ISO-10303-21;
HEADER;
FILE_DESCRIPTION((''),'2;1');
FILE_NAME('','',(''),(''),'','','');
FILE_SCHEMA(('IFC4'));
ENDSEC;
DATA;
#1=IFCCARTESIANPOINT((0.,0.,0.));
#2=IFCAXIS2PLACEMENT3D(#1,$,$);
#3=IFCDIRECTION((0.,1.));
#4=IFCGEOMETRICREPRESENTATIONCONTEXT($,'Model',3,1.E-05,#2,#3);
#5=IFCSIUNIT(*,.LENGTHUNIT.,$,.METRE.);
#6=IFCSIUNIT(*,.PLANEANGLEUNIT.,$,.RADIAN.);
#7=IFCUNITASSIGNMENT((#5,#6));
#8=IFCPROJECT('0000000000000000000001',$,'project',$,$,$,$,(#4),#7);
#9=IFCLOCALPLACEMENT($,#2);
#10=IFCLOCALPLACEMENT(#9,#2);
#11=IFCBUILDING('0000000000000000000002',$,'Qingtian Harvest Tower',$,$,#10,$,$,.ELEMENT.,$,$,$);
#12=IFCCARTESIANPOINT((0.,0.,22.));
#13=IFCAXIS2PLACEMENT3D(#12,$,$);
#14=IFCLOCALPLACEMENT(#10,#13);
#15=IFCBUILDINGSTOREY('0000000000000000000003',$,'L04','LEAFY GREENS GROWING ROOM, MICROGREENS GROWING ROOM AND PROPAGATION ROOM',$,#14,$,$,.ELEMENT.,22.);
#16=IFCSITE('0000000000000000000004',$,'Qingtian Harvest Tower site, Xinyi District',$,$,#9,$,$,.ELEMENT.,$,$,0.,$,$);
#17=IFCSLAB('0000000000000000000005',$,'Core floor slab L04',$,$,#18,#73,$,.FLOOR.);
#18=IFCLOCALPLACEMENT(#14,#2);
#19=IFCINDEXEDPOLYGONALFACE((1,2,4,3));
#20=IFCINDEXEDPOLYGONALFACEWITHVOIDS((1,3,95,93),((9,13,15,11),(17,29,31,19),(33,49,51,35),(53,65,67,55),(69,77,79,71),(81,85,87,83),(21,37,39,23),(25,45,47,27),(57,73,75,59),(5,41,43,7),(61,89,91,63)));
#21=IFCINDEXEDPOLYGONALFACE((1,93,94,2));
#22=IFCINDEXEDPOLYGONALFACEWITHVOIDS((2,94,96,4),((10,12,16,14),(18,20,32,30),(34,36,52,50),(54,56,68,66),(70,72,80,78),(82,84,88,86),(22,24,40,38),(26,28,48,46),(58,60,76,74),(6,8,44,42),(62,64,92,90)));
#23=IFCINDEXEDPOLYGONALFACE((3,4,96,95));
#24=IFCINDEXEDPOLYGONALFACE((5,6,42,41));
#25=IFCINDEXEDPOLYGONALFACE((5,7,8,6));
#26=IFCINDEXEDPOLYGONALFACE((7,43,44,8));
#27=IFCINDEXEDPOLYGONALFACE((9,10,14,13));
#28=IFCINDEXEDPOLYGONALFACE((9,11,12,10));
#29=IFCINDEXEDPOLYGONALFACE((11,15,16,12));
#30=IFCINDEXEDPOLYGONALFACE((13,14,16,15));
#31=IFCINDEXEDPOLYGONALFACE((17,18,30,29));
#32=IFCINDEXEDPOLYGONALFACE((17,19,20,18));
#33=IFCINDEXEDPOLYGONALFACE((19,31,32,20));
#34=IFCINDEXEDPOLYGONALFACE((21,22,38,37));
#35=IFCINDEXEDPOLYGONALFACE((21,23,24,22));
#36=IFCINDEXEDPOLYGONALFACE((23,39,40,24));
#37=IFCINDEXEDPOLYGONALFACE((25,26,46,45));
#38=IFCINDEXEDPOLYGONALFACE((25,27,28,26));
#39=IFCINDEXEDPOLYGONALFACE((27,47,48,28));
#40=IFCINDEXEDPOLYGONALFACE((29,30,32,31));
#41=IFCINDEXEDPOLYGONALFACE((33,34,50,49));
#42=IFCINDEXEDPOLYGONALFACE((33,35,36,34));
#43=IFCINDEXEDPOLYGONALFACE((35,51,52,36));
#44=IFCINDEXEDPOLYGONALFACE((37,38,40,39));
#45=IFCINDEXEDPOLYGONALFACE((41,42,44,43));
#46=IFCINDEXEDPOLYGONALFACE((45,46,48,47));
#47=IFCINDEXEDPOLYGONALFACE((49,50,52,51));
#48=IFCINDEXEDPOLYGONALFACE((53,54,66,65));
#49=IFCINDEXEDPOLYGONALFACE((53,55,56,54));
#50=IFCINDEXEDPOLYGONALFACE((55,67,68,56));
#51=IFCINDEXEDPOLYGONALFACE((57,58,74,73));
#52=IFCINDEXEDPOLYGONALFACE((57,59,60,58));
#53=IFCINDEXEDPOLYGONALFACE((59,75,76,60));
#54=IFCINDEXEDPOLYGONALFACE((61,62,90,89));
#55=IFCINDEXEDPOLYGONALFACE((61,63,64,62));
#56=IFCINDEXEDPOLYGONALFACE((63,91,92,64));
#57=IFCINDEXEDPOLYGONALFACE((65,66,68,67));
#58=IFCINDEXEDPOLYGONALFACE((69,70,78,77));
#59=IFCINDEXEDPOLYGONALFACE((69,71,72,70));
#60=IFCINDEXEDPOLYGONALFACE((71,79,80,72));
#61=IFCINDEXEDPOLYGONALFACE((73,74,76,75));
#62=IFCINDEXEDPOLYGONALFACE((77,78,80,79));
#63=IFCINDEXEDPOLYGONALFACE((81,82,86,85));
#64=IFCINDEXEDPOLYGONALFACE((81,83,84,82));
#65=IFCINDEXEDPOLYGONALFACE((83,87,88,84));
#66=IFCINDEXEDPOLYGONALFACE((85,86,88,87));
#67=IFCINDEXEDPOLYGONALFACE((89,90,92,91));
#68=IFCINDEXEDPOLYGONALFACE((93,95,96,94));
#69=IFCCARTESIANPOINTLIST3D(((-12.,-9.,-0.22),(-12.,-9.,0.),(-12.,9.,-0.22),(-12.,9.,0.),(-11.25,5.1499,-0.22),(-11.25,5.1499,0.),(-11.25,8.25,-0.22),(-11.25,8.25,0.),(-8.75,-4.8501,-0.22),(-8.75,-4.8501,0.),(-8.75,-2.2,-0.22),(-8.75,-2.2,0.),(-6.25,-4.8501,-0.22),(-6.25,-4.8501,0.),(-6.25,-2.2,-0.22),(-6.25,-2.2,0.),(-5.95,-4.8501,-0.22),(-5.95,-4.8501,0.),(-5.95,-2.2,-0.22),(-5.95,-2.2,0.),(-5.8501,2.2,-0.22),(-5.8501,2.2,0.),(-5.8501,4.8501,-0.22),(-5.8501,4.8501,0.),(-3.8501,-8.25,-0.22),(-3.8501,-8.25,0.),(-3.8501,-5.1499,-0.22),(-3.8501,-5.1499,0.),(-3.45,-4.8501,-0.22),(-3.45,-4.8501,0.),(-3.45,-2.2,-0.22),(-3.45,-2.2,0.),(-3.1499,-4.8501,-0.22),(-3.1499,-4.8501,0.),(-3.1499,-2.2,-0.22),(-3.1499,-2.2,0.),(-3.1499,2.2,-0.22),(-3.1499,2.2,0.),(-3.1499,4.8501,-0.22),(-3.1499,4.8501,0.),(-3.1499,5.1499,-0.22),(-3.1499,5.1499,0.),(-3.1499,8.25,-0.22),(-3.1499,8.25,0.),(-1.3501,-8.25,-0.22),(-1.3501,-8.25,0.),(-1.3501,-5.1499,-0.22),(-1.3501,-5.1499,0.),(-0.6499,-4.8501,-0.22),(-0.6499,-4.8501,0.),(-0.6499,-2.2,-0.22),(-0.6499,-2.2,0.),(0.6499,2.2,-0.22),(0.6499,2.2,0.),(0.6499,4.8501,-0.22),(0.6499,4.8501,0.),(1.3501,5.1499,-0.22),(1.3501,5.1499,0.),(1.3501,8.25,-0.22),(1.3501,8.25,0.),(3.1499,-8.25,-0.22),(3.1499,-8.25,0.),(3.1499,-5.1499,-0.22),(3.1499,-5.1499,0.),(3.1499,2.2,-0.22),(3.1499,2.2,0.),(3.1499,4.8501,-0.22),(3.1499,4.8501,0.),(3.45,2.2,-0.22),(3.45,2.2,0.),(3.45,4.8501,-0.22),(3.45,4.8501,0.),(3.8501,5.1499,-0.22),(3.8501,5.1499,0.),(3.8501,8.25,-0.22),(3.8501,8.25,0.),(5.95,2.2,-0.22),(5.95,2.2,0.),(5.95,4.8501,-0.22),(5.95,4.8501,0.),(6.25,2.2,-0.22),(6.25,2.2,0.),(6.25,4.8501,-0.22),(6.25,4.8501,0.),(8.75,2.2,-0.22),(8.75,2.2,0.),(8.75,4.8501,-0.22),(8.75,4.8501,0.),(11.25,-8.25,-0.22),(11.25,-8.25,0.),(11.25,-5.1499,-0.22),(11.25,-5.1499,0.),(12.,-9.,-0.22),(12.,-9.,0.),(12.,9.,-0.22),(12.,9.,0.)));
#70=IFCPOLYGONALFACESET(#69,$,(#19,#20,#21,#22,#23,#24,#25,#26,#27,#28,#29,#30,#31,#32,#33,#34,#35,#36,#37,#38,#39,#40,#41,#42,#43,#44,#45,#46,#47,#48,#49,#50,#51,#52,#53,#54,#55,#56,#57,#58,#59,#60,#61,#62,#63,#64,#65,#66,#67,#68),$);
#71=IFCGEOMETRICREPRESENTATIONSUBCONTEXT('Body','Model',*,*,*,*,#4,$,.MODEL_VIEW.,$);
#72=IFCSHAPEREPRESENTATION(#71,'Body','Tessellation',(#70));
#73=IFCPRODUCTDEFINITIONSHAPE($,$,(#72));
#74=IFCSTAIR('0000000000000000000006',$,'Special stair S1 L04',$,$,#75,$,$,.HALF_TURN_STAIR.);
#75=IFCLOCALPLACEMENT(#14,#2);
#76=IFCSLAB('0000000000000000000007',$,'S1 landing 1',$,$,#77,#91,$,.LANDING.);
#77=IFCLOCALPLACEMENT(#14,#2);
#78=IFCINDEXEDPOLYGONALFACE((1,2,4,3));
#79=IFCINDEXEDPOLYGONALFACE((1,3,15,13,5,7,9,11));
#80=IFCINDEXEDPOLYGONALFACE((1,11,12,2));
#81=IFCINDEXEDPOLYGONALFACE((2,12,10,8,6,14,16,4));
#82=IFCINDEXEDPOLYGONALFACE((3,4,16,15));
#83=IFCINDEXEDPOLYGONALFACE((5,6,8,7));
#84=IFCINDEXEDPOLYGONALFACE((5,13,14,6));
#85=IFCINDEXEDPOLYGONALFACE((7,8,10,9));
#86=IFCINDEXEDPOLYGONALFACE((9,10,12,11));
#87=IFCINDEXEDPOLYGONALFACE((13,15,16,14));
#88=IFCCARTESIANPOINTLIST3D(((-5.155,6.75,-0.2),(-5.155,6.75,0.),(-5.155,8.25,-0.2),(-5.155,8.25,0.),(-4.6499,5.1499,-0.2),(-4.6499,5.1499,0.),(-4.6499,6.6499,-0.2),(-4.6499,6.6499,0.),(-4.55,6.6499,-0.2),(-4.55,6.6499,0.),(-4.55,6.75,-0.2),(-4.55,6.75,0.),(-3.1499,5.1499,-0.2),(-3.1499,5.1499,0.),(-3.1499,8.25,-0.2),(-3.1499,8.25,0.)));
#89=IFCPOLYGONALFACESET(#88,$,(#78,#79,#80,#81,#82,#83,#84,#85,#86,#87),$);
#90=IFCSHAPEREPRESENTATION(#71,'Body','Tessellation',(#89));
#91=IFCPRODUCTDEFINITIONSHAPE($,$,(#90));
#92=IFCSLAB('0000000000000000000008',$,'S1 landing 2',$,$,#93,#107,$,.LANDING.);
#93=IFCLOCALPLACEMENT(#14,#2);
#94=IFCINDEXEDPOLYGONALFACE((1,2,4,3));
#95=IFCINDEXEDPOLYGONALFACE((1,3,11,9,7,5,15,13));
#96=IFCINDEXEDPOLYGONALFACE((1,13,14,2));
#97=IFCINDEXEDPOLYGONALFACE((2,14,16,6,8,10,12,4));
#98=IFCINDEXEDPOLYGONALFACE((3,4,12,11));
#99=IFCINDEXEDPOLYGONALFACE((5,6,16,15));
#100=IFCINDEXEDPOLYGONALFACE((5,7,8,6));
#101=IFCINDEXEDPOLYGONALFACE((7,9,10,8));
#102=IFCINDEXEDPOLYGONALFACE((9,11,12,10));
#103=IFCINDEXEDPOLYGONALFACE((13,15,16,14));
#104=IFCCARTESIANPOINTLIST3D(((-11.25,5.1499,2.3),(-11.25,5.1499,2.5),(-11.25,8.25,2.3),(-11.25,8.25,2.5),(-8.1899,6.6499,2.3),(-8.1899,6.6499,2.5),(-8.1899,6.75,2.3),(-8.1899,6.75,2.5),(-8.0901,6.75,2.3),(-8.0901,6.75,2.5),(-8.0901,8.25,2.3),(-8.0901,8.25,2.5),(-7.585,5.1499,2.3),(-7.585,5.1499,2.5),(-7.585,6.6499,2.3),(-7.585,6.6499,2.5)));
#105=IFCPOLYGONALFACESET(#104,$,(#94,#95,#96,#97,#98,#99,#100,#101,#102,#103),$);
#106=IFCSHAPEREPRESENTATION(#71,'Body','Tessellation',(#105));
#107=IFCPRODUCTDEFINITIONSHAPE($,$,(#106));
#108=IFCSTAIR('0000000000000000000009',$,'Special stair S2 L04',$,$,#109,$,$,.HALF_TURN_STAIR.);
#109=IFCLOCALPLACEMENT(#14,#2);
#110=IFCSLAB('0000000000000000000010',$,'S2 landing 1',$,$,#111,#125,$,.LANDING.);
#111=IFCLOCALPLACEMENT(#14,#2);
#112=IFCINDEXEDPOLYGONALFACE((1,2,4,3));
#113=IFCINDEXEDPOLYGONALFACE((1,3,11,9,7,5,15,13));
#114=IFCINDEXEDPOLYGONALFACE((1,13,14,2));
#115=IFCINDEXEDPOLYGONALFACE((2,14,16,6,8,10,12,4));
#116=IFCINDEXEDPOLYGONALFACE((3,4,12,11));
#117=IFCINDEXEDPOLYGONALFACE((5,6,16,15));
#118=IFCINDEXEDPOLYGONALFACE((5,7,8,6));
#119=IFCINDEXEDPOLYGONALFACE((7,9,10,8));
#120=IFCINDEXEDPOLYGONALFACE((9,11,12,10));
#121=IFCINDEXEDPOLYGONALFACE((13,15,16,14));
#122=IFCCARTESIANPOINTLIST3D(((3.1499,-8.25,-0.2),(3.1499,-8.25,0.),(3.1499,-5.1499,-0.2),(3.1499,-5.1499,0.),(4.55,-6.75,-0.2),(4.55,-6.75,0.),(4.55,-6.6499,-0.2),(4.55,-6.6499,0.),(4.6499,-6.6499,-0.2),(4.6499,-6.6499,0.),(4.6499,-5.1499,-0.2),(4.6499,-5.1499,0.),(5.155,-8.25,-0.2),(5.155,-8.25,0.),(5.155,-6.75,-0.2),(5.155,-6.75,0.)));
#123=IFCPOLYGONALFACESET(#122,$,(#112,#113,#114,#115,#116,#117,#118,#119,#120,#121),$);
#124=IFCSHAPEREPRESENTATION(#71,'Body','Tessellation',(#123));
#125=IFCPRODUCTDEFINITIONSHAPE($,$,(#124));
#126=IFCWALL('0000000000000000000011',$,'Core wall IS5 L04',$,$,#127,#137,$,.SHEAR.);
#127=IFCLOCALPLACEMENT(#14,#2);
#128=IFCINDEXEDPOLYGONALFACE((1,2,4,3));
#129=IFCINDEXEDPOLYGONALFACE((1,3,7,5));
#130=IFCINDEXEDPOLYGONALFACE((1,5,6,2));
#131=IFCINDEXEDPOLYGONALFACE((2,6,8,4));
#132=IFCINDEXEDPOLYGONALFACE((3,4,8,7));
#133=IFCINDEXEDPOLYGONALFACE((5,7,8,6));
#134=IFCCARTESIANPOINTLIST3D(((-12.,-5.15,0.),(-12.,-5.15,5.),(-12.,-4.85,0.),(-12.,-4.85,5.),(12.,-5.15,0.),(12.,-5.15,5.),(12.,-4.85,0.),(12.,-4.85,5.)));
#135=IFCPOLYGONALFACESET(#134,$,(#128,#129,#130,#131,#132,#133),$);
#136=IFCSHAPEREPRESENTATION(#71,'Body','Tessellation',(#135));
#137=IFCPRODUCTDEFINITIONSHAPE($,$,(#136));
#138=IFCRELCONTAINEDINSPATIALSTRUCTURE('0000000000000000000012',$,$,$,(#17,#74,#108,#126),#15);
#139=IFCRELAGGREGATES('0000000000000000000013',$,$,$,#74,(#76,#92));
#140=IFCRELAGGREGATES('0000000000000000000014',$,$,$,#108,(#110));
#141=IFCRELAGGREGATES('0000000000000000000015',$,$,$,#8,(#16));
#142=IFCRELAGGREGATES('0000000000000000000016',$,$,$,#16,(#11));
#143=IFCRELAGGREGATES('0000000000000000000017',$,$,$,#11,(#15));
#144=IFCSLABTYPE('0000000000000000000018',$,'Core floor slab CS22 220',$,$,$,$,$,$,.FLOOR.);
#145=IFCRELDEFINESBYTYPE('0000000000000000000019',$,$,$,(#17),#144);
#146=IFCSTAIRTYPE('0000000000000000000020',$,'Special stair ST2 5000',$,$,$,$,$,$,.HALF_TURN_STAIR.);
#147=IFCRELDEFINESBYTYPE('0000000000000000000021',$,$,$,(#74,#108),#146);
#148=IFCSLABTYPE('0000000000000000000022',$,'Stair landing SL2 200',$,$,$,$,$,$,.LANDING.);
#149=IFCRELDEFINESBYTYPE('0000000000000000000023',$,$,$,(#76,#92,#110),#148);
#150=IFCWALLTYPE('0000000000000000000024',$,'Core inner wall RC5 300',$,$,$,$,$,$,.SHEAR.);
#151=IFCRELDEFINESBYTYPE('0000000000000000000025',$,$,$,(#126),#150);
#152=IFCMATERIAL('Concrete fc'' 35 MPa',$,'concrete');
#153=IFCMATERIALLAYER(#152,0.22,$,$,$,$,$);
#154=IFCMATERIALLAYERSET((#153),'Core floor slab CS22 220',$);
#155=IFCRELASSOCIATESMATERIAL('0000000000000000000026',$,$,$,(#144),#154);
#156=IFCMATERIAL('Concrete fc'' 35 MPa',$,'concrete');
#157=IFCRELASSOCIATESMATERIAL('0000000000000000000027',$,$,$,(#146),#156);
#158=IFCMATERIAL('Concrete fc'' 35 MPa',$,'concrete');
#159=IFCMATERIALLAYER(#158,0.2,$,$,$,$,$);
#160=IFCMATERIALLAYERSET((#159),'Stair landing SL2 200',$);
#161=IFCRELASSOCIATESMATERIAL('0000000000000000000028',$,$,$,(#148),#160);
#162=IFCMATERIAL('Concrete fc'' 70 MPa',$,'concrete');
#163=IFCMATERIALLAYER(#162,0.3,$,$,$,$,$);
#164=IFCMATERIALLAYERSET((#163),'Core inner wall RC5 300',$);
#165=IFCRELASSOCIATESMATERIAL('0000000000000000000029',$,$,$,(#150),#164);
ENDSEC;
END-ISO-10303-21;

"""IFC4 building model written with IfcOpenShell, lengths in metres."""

from ifc_helpers import new_model, si_unit, direction, frame, frame_2d, origin, place, context, subcontext, project, spatial, polyline, rectangle, outline, extrude, material, layer, layer_set, type_object, element, aggregate, save


model = new_model("IFC4")

# Units and contexts
model_context = context("Model", 3, precision=1e-05, world=origin(), true_north=direction((0.0, 1.0)))
body_context = subcontext(model_context, "Body", "Model", "MODEL_VIEW")
ifc_project = project(units=[si_unit("LENGTHUNIT", "METRE"), si_unit("PLANEANGLEUNIT", "RADIAN")], contexts=[model_context])

# Site, building, storey
site_placement = place(None, origin())
site = spatial("IfcSite", under=ifc_project, at=site_placement, Name="Qingtian Harvest Tower site, Xinyi District", CompositionType="ELEMENT", RefElevation=0.0)
building_placement = place(site_placement, origin())
building = spatial("IfcBuilding", under=site, at=building_placement, Name="Qingtian Harvest Tower", CompositionType="ELEMENT")
storey_placement = place(building_placement, frame((0.0, 0.0, 22.0)))
storey = spatial("IfcBuildingStorey", under=building, at=storey_placement, Name="L04", Description="LEAFY GREENS GROWING ROOM, MICROGREENS GROWING ROOM AND PROPAGATION ROOM", CompositionType="ELEMENT", Elevation=22.0)

# Slab
ifc_material_1 = material(Name="Concrete fc' 35 MPa", Category="concrete")
ifc_layer_1 = layer(ifc_material_1, 0.22)
ifc_layer_set_1 = layer_set([ifc_layer_1], Name="Core floor slab CS22 220")
slab_type_1 = type_object("IfcSlabType", Name="Core floor slab CS22 220", PredefinedType="FLOOR", material=ifc_layer_set_1)
slab_1_placement = place(storey_placement, frame((0.0, 0.0, -0.22)))
element("IfcSlab", 1, at=slab_1_placement, inside=storey, type_object=slab_type_1, Name="Core floor slab L04", PredefinedType="FLOOR", context=body_context, shape_type="SweptSolid", body=[
    extrude(outline(polyline([(-12.0, -9.0), (12.0, -9.0), (12.0, 9.0), (-12.0, 9.0), (-12.0, -9.0)]), holes=[polyline([(-11.25, 5.1499), (-3.1499, 5.1499), (-3.1499, 8.25), (-11.25, 8.25), (-11.25, 5.1499)]), polyline([(3.1499, -8.25), (11.25, -8.25), (11.25, -5.1499), (3.1499, -5.1499), (3.1499, -8.25)]), polyline([(1.3501, 5.1499), (3.8501, 5.1499), (3.8501, 8.25), (1.3501, 8.25), (1.3501, 5.1499)]), polyline([(-3.8501, -8.25), (-1.3501, -8.25), (-1.3501, -5.1499), (-3.8501, -5.1499), (-3.8501, -8.25)]), polyline([(-5.8501, 2.2), (-3.1499, 2.2), (-3.1499, 4.8501), (-5.8501, 4.8501), (-5.8501, 2.2)]), polyline([(0.6499, 2.2), (3.1499, 2.2), (3.1499, 4.8501), (0.6499, 4.8501), (0.6499, 2.2)]), polyline([(3.45, 2.2), (5.95, 2.2), (5.95, 4.8501), (3.45, 4.8501), (3.45, 2.2)]), polyline([(6.25, 2.2), (8.75, 2.2), (8.75, 4.8501), (6.25, 4.8501), (6.25, 2.2)]), polyline([(-8.75, -4.8501), (-6.25, -4.8501), (-6.25, -2.2), (-8.75, -2.2), (-8.75, -4.8501)]), polyline([(-5.95, -4.8501), (-3.45, -4.8501), (-3.45, -2.2), (-5.95, -2.2), (-5.95, -4.8501)]), polyline([(-3.1499, -4.8501), (-0.6499, -4.8501), (-0.6499, -2.2), (-3.1499, -2.2), (-3.1499, -4.8501)])]), origin(), (0.0, 0.0, 1.0), 0.22),
])

# Stair, slabs
ifc_material_2 = material(Name="Concrete fc' 35 MPa", Category="concrete")
stair_type = type_object("IfcStairType", Name="Special stair ST2 5000", PredefinedType="HALF_TURN_STAIR", material=ifc_material_2)
stair_1_placement = place(storey_placement, origin())
stair_1 = element("IfcStair", 2, at=stair_1_placement, inside=storey, type_object=stair_type, Name="Special stair S1 L04", PredefinedType="HALF_TURN_STAIR")
ifc_material_3 = material(Name="Concrete fc' 35 MPa", Category="concrete")
ifc_layer_2 = layer(ifc_material_3, 0.2)
ifc_layer_set_2 = layer_set([ifc_layer_2], Name="Stair landing SL2 200")
slab_type_2 = type_object("IfcSlabType", Name="Stair landing SL2 200", PredefinedType="LANDING", material=ifc_layer_set_2)
slab_2_placement = place(storey_placement, frame((0.0, 0.0, -0.2)))
slab_2 = element("IfcSlab", 3, at=slab_2_placement, type_object=slab_type_2, Name="S1 landing 1", PredefinedType="LANDING", context=body_context, shape_type="SweptSolid", body=[
    extrude(outline(polyline([(-4.6499, 5.1499), (-4.6499, 6.6499), (-4.55, 6.6499), (-4.55, 6.75), (-5.155, 6.75), (-5.155, 8.25), (-3.1499, 8.25), (-3.1499, 5.1499), (-4.6499, 5.1499)])), origin(), (0.0, 0.0, 1.0), 0.2),
])
slab_3_placement = place(storey_placement, frame((0.0, 0.0, 2.3)))
slab_3 = element("IfcSlab", 4, at=slab_3_placement, type_object=slab_type_2, Name="S1 landing 2", PredefinedType="LANDING", context=body_context, shape_type="SweptSolid", body=[
    extrude(outline(polyline([(-7.585, 5.1499), (-11.25, 5.1499), (-11.25, 8.25), (-8.0901, 8.25), (-8.0901, 6.75), (-8.1899, 6.75), (-8.1899, 6.6499), (-7.585, 6.6499), (-7.585, 5.1499)])), origin(), (0.0, 0.0, 1.0), 0.2),
])
aggregate(stair_1, [slab_2, slab_3])

# Stair, slab
stair_2_placement = place(storey_placement, origin())
stair_2 = element("IfcStair", 5, at=stair_2_placement, inside=storey, type_object=stair_type, Name="Special stair S2 L04", PredefinedType="HALF_TURN_STAIR")
slab_4_placement = place(storey_placement, frame((0.0, 0.0, -0.2)))
slab_4 = element("IfcSlab", 6, at=slab_4_placement, type_object=slab_type_2, Name="S2 landing 1", PredefinedType="LANDING", context=body_context, shape_type="SweptSolid", body=[
    extrude(outline(polyline([(5.155, -8.25), (3.1499, -8.25), (3.1499, -5.1499), (4.6499, -5.1499), (4.6499, -6.6499), (4.55, -6.6499), (4.55, -6.75), (5.155, -6.75), (5.155, -8.25)])), origin(), (0.0, 0.0, 1.0), 0.2),
])
aggregate(stair_2, [slab_4])

# Wall
ifc_material_4 = material(Name="Concrete fc' 70 MPa", Category="concrete")
ifc_layer_3 = layer(ifc_material_4, 0.3)
ifc_layer_set_3 = layer_set([ifc_layer_3], Name="Core inner wall RC5 300")
wall_type_1 = type_object("IfcWallType", Name="Core inner wall RC5 300", PredefinedType="SHEAR", material=ifc_layer_set_3)
wall_1_placement = place(storey_placement, frame((-12.0, -5.0, 0.0), z_axis=(0.0, 0.0, 1.0), x_axis=(1.0, 0.0, 0.0)))
element("IfcWall", 7, at=wall_1_placement, inside=storey, type_object=wall_type_1, Name="Core wall IS5 L04", PredefinedType="SHEAR", context=body_context, shape_type="SweptSolid", body=[
    extrude(rectangle(XDim=24.0, YDim=0.3, at=frame_2d((12.0, 0.0))), origin(), (0.0, 0.0, 1.0), 5.0),
])

save(model, "model.ifc")
